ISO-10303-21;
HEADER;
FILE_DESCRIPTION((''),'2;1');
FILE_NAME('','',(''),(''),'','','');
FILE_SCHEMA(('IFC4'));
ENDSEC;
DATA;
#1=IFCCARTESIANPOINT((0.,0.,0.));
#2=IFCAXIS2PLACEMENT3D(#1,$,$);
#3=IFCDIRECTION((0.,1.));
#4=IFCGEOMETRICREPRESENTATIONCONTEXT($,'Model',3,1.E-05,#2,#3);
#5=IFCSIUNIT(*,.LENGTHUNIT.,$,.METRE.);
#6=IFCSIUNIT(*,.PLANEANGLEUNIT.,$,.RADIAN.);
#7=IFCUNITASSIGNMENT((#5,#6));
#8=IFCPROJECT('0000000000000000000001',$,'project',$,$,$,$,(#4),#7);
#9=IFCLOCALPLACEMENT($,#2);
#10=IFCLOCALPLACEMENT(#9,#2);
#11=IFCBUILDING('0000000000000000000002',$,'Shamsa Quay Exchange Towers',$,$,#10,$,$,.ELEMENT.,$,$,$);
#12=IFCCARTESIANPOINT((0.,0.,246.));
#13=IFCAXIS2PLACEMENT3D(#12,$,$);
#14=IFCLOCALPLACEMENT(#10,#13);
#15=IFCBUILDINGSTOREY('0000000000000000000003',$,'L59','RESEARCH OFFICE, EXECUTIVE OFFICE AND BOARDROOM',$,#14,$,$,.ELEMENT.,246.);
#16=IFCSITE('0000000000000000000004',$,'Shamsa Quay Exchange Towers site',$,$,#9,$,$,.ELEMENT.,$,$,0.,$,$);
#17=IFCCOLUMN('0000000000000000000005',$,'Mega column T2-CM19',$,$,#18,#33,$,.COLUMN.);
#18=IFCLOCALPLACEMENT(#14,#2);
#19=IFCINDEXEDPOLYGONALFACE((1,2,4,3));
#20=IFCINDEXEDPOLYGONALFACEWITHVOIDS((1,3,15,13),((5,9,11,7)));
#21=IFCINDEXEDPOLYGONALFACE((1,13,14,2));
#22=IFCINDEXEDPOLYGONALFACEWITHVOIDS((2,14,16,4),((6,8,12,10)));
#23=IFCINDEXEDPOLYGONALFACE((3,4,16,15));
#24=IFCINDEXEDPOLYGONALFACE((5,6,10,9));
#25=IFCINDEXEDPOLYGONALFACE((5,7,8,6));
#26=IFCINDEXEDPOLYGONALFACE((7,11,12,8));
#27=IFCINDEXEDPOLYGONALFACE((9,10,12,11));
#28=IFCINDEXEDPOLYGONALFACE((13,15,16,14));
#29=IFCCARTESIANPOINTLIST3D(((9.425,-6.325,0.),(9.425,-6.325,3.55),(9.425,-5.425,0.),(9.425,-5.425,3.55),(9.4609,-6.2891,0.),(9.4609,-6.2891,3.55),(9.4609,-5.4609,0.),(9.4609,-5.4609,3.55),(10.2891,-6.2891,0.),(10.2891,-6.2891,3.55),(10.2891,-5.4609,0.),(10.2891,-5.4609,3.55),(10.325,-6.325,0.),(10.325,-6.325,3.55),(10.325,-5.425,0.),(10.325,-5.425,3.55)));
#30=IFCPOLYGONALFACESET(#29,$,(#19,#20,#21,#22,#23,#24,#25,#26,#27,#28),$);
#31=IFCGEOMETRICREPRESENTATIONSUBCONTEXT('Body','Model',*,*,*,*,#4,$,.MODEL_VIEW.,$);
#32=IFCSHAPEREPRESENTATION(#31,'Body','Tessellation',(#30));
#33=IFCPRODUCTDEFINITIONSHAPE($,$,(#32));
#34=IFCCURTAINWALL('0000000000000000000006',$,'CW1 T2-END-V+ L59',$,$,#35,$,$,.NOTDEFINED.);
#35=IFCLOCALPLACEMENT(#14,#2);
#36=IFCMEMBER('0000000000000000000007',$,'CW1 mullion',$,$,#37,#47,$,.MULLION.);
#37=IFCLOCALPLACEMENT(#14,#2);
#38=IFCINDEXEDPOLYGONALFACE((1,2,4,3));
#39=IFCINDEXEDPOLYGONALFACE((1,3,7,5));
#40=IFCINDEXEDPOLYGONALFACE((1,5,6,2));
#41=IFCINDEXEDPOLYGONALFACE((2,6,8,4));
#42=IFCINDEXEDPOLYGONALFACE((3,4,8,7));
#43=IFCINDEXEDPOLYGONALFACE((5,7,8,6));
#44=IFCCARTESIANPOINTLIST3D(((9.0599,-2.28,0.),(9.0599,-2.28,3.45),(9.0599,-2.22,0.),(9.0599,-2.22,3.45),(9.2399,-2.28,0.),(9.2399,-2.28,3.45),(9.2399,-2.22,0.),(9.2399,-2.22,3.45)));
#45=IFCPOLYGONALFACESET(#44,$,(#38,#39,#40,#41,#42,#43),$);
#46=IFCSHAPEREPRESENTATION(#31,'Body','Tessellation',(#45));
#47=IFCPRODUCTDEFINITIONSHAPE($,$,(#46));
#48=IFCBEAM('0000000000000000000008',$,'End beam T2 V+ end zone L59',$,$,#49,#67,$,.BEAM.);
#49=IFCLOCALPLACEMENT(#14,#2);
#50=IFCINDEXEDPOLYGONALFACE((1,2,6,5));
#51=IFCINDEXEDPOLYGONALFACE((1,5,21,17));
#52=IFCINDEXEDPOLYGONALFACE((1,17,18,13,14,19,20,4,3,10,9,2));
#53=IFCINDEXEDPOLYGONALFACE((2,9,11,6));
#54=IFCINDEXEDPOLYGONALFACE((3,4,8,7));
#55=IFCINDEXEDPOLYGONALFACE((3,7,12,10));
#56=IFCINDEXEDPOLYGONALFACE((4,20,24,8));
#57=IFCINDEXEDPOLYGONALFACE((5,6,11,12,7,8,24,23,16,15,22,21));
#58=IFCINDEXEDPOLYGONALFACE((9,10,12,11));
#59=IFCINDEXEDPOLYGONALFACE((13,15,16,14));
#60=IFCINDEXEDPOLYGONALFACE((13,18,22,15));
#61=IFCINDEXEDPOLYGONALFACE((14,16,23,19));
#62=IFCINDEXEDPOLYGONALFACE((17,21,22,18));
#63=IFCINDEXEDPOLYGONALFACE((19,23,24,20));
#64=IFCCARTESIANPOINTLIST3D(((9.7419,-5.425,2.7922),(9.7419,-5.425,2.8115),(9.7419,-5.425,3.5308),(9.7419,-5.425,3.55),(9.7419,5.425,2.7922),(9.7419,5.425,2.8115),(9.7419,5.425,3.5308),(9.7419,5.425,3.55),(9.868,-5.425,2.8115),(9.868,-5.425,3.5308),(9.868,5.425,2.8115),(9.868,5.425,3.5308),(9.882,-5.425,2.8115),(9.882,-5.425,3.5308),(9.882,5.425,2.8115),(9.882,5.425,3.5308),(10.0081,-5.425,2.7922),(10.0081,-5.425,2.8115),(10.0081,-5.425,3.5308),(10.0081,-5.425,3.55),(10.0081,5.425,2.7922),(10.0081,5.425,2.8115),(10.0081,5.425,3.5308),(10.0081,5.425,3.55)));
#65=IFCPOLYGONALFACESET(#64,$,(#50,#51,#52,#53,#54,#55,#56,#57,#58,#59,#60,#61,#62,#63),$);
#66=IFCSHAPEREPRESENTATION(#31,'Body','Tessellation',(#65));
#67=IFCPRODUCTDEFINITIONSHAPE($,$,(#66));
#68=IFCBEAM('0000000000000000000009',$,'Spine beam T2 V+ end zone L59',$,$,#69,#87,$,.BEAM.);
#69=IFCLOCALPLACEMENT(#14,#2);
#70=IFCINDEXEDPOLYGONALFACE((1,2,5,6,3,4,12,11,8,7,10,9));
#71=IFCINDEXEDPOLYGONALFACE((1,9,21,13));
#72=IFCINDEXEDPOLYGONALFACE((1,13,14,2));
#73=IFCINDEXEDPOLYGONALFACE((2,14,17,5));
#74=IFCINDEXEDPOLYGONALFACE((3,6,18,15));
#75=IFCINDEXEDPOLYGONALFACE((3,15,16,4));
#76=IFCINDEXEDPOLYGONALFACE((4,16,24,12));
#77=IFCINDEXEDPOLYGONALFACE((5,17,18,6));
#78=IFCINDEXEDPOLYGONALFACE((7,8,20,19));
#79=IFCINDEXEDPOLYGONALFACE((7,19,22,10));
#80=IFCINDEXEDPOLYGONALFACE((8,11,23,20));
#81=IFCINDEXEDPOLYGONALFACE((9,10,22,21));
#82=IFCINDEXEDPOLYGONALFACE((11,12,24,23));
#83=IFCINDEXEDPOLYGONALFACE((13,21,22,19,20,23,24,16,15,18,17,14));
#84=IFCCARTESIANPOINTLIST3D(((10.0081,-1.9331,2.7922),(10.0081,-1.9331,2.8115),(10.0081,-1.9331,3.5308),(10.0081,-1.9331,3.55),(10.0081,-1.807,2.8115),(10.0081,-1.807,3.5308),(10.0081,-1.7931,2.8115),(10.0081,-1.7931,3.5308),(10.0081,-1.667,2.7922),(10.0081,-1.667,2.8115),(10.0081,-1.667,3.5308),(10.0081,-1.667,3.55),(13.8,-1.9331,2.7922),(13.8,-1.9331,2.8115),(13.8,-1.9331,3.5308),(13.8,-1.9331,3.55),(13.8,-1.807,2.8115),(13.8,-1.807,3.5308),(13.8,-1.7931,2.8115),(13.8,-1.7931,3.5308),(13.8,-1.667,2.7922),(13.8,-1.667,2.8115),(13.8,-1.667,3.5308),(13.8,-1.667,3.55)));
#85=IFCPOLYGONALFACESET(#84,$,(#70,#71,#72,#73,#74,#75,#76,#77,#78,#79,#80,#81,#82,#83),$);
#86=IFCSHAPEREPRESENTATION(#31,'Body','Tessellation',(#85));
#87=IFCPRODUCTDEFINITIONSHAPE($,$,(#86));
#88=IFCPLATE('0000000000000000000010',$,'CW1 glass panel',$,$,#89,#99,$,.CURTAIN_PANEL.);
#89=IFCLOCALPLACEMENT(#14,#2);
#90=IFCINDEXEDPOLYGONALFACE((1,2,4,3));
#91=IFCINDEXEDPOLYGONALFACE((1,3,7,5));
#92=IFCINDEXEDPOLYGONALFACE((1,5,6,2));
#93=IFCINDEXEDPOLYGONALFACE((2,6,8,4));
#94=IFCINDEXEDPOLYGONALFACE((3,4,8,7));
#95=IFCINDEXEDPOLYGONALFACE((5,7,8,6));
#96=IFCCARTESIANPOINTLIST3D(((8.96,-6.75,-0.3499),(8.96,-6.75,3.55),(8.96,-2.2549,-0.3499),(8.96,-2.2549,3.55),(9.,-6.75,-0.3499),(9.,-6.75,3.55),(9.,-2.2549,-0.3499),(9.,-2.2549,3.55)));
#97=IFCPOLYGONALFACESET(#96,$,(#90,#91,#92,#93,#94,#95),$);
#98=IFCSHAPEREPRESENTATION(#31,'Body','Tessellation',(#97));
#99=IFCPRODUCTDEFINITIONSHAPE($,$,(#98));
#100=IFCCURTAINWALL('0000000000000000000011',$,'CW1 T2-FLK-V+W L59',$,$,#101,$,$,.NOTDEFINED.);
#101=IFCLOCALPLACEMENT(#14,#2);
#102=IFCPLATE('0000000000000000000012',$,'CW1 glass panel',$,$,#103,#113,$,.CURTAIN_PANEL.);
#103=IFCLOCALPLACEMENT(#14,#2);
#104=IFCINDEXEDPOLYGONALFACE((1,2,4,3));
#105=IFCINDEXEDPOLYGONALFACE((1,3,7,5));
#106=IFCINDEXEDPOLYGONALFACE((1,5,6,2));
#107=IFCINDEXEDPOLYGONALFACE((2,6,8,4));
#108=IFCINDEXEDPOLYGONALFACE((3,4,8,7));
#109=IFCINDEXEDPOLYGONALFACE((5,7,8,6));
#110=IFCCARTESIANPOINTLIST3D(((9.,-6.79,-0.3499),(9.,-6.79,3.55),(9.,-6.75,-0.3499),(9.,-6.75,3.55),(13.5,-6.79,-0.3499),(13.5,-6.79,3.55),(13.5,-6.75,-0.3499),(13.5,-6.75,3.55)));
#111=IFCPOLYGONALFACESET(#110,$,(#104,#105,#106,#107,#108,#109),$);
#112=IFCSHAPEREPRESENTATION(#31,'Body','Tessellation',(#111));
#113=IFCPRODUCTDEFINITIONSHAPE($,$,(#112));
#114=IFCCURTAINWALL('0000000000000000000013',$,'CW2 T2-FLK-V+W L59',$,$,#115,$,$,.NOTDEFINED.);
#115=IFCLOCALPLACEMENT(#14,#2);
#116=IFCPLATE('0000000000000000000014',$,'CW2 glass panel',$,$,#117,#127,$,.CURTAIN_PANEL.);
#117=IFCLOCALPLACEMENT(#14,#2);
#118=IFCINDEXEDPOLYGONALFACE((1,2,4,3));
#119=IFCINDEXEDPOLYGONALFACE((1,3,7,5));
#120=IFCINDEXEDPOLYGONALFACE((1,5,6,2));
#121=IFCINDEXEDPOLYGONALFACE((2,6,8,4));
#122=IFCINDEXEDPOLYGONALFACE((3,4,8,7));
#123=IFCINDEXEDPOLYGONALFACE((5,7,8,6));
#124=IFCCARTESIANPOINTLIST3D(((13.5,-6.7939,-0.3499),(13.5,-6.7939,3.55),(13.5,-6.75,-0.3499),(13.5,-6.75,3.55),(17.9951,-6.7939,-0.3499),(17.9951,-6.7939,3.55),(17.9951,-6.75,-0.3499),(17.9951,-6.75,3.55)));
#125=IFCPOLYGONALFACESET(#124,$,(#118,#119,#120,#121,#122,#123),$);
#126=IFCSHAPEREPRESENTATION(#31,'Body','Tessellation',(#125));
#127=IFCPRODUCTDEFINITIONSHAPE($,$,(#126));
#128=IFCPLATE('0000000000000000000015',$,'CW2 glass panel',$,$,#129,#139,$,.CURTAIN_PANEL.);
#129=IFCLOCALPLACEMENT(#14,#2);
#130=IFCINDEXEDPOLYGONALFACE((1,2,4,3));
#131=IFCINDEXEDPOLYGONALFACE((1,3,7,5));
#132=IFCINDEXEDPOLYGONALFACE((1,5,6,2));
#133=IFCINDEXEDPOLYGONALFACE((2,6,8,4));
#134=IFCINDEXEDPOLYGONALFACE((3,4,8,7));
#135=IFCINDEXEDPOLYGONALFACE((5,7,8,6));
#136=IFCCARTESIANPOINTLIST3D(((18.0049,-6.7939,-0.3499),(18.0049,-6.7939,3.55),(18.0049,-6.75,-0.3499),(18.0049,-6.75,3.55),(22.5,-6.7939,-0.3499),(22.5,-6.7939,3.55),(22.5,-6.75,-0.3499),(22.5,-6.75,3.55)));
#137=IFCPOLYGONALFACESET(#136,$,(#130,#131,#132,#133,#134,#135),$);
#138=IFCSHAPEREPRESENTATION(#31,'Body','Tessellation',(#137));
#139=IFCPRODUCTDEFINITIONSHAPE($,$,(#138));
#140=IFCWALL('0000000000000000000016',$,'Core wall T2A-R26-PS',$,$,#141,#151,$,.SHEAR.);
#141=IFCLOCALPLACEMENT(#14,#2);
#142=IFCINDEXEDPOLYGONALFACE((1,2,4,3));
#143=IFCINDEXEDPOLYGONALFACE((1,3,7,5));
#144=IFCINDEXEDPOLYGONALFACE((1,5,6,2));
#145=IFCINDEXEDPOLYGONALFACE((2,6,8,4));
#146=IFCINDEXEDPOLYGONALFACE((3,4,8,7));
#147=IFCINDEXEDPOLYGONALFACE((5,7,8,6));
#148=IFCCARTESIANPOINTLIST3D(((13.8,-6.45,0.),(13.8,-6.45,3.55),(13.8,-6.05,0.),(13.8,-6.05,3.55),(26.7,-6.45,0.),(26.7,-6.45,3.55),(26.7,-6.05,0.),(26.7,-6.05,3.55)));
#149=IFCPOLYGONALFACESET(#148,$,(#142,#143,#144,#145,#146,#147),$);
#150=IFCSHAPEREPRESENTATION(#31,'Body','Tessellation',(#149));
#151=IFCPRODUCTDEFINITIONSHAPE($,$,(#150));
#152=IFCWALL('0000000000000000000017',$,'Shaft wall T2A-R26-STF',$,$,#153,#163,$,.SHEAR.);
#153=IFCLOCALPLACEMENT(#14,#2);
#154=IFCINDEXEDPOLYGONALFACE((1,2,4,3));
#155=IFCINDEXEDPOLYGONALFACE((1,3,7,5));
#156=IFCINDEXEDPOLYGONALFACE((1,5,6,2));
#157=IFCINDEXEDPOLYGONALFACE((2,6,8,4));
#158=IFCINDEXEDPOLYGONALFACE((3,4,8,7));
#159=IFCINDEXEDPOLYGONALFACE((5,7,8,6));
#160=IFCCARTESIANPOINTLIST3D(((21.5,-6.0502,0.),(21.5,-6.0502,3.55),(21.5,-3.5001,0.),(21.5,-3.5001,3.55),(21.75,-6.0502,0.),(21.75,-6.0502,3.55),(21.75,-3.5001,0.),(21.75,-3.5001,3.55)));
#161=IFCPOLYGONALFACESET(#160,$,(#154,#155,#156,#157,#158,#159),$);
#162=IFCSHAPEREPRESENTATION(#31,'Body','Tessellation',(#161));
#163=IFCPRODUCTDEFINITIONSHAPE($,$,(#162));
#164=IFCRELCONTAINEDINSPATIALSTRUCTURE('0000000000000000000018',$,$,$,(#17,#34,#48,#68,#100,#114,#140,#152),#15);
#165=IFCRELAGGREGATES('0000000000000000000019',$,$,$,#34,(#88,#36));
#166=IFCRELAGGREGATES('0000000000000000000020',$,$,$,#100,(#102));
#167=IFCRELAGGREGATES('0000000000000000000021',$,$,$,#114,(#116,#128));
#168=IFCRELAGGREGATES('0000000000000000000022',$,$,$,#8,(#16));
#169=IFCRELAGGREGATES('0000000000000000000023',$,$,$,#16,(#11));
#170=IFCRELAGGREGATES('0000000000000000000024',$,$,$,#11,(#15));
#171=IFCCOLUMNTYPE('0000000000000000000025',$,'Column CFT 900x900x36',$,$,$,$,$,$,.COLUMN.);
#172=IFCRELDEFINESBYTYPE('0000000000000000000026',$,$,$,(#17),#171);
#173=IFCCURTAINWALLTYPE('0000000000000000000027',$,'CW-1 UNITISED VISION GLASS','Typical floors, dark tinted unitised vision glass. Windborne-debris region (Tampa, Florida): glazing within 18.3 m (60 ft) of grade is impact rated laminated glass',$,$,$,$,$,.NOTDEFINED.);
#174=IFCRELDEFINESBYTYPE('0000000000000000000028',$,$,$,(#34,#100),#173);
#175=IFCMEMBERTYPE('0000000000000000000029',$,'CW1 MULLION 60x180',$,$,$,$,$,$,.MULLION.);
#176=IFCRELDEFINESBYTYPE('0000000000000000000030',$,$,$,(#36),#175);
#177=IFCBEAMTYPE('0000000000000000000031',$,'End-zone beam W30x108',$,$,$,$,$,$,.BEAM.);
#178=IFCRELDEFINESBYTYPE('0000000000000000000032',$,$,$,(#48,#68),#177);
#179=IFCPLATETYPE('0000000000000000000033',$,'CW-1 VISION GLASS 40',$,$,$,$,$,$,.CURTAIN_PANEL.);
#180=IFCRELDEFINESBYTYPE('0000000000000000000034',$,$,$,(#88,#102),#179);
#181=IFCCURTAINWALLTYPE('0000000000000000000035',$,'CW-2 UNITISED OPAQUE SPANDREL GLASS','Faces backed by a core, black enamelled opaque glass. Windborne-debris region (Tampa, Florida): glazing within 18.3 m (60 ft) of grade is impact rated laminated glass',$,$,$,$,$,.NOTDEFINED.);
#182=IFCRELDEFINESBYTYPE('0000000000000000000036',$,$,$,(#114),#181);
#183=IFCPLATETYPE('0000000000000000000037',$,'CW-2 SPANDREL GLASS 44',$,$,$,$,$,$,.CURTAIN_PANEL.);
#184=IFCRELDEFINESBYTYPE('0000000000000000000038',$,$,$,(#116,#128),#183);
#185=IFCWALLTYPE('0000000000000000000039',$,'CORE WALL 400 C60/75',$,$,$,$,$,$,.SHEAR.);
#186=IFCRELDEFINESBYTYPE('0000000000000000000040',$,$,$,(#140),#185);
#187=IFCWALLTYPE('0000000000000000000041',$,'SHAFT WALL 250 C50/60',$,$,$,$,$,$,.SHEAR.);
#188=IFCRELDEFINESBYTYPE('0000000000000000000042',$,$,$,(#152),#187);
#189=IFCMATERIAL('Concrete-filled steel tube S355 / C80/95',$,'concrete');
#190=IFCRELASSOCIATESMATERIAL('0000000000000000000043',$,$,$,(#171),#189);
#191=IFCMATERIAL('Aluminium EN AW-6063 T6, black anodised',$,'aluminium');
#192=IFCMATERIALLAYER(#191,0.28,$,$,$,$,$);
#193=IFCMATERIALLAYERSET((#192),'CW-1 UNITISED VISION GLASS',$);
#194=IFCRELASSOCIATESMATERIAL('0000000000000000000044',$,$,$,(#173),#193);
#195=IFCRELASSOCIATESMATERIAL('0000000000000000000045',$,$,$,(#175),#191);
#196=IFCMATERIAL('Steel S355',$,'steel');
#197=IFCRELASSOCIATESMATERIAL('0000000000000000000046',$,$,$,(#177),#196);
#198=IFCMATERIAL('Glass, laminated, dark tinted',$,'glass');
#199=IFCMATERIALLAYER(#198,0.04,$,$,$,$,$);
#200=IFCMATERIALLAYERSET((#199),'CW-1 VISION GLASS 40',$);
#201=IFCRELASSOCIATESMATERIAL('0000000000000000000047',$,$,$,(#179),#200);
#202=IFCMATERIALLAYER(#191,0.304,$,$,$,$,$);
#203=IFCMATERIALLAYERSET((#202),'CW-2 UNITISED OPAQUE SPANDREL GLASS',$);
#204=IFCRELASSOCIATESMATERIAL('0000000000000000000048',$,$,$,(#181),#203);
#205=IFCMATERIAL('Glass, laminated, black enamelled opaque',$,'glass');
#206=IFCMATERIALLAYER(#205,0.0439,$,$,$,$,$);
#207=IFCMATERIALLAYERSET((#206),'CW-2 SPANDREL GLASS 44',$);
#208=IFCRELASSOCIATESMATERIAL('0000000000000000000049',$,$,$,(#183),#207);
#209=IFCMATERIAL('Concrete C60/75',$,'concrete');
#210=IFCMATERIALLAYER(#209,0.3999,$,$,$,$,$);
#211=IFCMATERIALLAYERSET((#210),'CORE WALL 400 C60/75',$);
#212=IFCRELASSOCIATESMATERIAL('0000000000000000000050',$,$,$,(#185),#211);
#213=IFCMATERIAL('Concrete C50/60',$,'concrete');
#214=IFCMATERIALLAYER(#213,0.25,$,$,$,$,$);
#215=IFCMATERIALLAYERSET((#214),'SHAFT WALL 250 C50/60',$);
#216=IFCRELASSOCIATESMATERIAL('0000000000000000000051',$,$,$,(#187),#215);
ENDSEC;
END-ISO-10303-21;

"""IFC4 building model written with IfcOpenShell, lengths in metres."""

from ifc_helpers import new_model, si_unit, direction, frame, frame_2d, origin, origin_2d, place, context, subcontext, project, spatial, rectangle, hollow_rectangle, i_section, extrude, material, layer, layer_set, material_profile, profile_set, type_object, element, aggregate, save


model = new_model("IFC4")

# Units and contexts
model_context = context("Model", 3, precision=1e-05, world=origin(), true_north=direction((0.0, 1.0)))
body_context = subcontext(model_context, "Body", "Model", "MODEL_VIEW")
ifc_project = project(units=[si_unit("LENGTHUNIT", "METRE"), si_unit("PLANEANGLEUNIT", "RADIAN")], contexts=[model_context])

# Site, building, storey
site_placement = place(None, origin())
site = spatial("IfcSite", under=ifc_project, at=site_placement, Name="Shamsa Quay Exchange Towers site", CompositionType="ELEMENT", RefElevation=0.0)
building_placement = place(site_placement, origin())
building = spatial("IfcBuilding", under=site, at=building_placement, Name="Shamsa Quay Exchange Towers", CompositionType="ELEMENT")
storey_placement = place(building_placement, frame((0.0, 0.0, 246.0)))
storey = spatial("IfcBuildingStorey", under=building, at=storey_placement, Name="L59", Description="RESEARCH OFFICE, EXECUTIVE OFFICE AND BOARDROOM", CompositionType="ELEMENT", Elevation=246.0)

# Column
ifc_material_1 = material(Name="Concrete-filled steel tube S355 / C80/95", Category="concrete")
ifc_material_profile_1 = material_profile(ifc_material_1, hollow_rectangle(XDim=0.8999, YDim=0.8999, WallThickness=0.0359, at=origin_2d()), Name="CFT 900x900x36")
ifc_profile_set_1 = profile_set([ifc_material_profile_1], Name="Concrete-filled steel tube S355 / C80/95")
column_type = type_object("IfcColumnType", Name="Column CFT 900x900x36", PredefinedType="COLUMN", material=ifc_profile_set_1)
column_placement = place(storey_placement, frame((9.875, -5.875, 0.0)))
element("IfcColumn", 1, at=column_placement, inside=storey, type_object=column_type, Name="Mega column T2-CM19", PredefinedType="COLUMN", context=body_context, shape_type="SweptSolid", body=[
    extrude(hollow_rectangle(XDim=0.8999, YDim=0.8999, WallThickness=0.0359, at=origin_2d()), origin(), (0.0, 0.0, 1.0), 3.55),
])

# Curtain wall, member
ifc_material_2 = material(Name="Aluminium EN AW-6063 T6, black anodised", Category="aluminium")
ifc_layer_1 = layer(ifc_material_2, 0.28)
ifc_layer_set_1 = layer_set([ifc_layer_1], Name="CW-1 UNITISED VISION GLASS")
curtain_wall_type_1 = type_object("IfcCurtainWallType", Name="CW-1 UNITISED VISION GLASS", Description="Typical floors, dark tinted unitised vision glass. Windborne-debris region (Tampa, Florida): glazing within 18.3 m (60 ft) of grade is impact rated laminated glass", PredefinedType="NOTDEFINED", material=ifc_layer_set_1)
curtain_wall_1_placement = place(storey_placement, origin())
curtain_wall_1 = element("IfcCurtainWall", 2, at=curtain_wall_1_placement, inside=storey, type_object=curtain_wall_type_1, Name="CW1 T2-END-V+ L59", PredefinedType="NOTDEFINED")
ifc_material_profile_2 = material_profile(ifc_material_2, rectangle(XDim=0.1799, YDim=0.0601, at=origin_2d()), Name="MU60x180")
ifc_profile_set_2 = profile_set([ifc_material_profile_2], Name="Aluminium EN AW-6063 T6, black anodised")
member_type = type_object("IfcMemberType", Name="CW1 MULLION 60x180", PredefinedType="MULLION", material=ifc_profile_set_2)
member_placement = place(storey_placement, frame((9.1499, -2.25, 0.0)))
member = element("IfcMember", 3, at=member_placement, type_object=member_type, Name="CW1 mullion", PredefinedType="MULLION", context=body_context, shape_type="SweptSolid", body=[
    extrude(rectangle(XDim=0.1799, YDim=0.0601, at=origin_2d()), origin(), (0.0, 0.0, 1.0), 3.45),
])

# Beams
ifc_material_3 = material(Name="Steel S355", Category="steel")
ifc_material_profile_3 = material_profile(ifc_material_3, i_section(OverallWidth=0.2661, OverallDepth=0.7578, WebThickness=0.0139, FlangeThickness=0.0193, at=origin_2d()), Name="W30x108")
ifc_profile_set_3 = profile_set([ifc_material_profile_3], Name="Steel S355")
beam_type = type_object("IfcBeamType", Name="End-zone beam W30x108", PredefinedType="BEAM", material=ifc_profile_set_3)
beam_1_placement = place(storey_placement, frame((9.875, -5.425, 3.1711), z_axis=(0.0, 1.0, 0.0), x_axis=(-1.0, 0.0, 0.0)))
element("IfcBeam", 4, at=beam_1_placement, inside=storey, type_object=beam_type, Name="End beam T2 V+ end zone L59", PredefinedType="BEAM", context=body_context, shape_type="SweptSolid", body=[
    extrude(i_section(OverallWidth=0.2661, OverallDepth=0.7578, WebThickness=0.0139, FlangeThickness=0.0193, at=origin_2d()), origin(), (0.0, 0.0, 1.0), 10.8501),
])
beam_2_placement = place(storey_placement, frame((13.8, -1.8, 3.1711), z_axis=(-1.0, 0.0, 0.0), x_axis=(0.0, -1.0, 0.0)))
element("IfcBeam", 5, at=beam_2_placement, inside=storey, type_object=beam_type, Name="Spine beam T2 V+ end zone L59", PredefinedType="BEAM", context=body_context, shape_type="SweptSolid", body=[
    extrude(i_section(OverallWidth=0.2661, OverallDepth=0.7578, WebThickness=0.0139, FlangeThickness=0.0193, at=origin_2d()), origin(), (0.0, 0.0, 1.0), 3.792),
])

# Plate
ifc_material_4 = material(Name="Glass, laminated, dark tinted", Category="glass")
ifc_layer_2 = layer(ifc_material_4, 0.04)
ifc_layer_set_2 = layer_set([ifc_layer_2], Name="CW-1 VISION GLASS 40")
plate_type_1 = type_object("IfcPlateType", Name="CW-1 VISION GLASS 40", PredefinedType="CURTAIN_PANEL", material=ifc_layer_set_2)
plate_1_placement = place(storey_placement, frame((8.98, -4.5024, -0.3499), z_axis=(0.0, 0.0, 1.0), x_axis=(0.0, -1.0, 0.0)))
plate_1 = element("IfcPlate", 6, at=plate_1_placement, type_object=plate_type_1, Name="CW1 glass panel", PredefinedType="CURTAIN_PANEL", context=body_context, shape_type="SweptSolid", body=[
    extrude(rectangle(XDim=4.4951, YDim=0.04, at=origin_2d()), origin(), (0.0, 0.0, 1.0), 3.8999),
])
aggregate(curtain_wall_1, [plate_1, member])

# Curtain wall, plate
curtain_wall_2_placement = place(storey_placement, origin())
curtain_wall_2 = element("IfcCurtainWall", 7, at=curtain_wall_2_placement, inside=storey, type_object=curtain_wall_type_1, Name="CW1 T2-FLK-V+W L59", PredefinedType="NOTDEFINED")
plate_2_placement = place(storey_placement, frame((11.25, -6.77, -0.3499)))
plate_2 = element("IfcPlate", 8, at=plate_2_placement, type_object=plate_type_1, Name="CW1 glass panel", PredefinedType="CURTAIN_PANEL", context=body_context, shape_type="SweptSolid", body=[
    extrude(rectangle(XDim=4.5, YDim=0.04, at=origin_2d()), origin(), (0.0, 0.0, 1.0), 3.8999),
])
aggregate(curtain_wall_2, [plate_2])

# Curtain wall, plates
ifc_layer_3 = layer(ifc_material_2, 0.304)
ifc_layer_set_3 = layer_set([ifc_layer_3], Name="CW-2 UNITISED OPAQUE SPANDREL GLASS")
curtain_wall_type_2 = type_object("IfcCurtainWallType", Name="CW-2 UNITISED OPAQUE SPANDREL GLASS", Description="Faces backed by a core, black enamelled opaque glass. Windborne-debris region (Tampa, Florida): glazing within 18.3 m (60 ft) of grade is impact rated laminated glass", PredefinedType="NOTDEFINED", material=ifc_layer_set_3)
curtain_wall_3_placement = place(storey_placement, origin())
curtain_wall_3 = element("IfcCurtainWall", 9, at=curtain_wall_3_placement, inside=storey, type_object=curtain_wall_type_2, Name="CW2 T2-FLK-V+W L59", PredefinedType="NOTDEFINED")
ifc_material_5 = material(Name="Glass, laminated, black enamelled opaque", Category="glass")
ifc_layer_4 = layer(ifc_material_5, 0.0439)
ifc_layer_set_4 = layer_set([ifc_layer_4], Name="CW-2 SPANDREL GLASS 44")
plate_type_2 = type_object("IfcPlateType", Name="CW-2 SPANDREL GLASS 44", PredefinedType="CURTAIN_PANEL", material=ifc_layer_set_4)
plate_3_placement = place(storey_placement, frame((15.7476, -6.772, -0.3499)))
plate_3 = element("IfcPlate", 10, at=plate_3_placement, type_object=plate_type_2, Name="CW2 glass panel", PredefinedType="CURTAIN_PANEL", context=body_context, shape_type="SweptSolid", body=[
    extrude(rectangle(XDim=4.4951, YDim=0.0439, at=origin_2d()), origin(), (0.0, 0.0, 1.0), 3.8999),
])
plate_4_placement = place(storey_placement, frame((20.2524, -6.772, -0.3499)))
plate_4 = element("IfcPlate", 11, at=plate_4_placement, type_object=plate_type_2, Name="CW2 glass panel", PredefinedType="CURTAIN_PANEL", context=body_context, shape_type="SweptSolid", body=[
    extrude(rectangle(XDim=4.4951, YDim=0.0439, at=origin_2d()), origin(), (0.0, 0.0, 1.0), 3.8999),
])
aggregate(curtain_wall_3, [plate_3, plate_4])

# Walls
ifc_material_6 = material(Name="Concrete C60/75", Category="concrete")
ifc_layer_5 = layer(ifc_material_6, 0.3999)
ifc_layer_set_5 = layer_set([ifc_layer_5], Name="CORE WALL 400 C60/75")
wall_type_1 = type_object("IfcWallType", Name="CORE WALL 400 C60/75", PredefinedType="SHEAR", material=ifc_layer_set_5)
wall_1_placement = place(storey_placement, frame((13.8, -6.25, 0.0)))
element("IfcWall", 12, at=wall_1_placement, inside=storey, type_object=wall_type_1, Name="Core wall T2A-R26-PS", PredefinedType="SHEAR", context=body_context, shape_type="SweptSolid", body=[
    extrude(rectangle(XDim=12.8999, YDim=0.3999, at=frame_2d((6.45, 0.0))), origin(), (0.0, 0.0, 1.0), 3.55),
])
ifc_material_7 = material(Name="Concrete C50/60", Category="concrete")
ifc_layer_6 = layer(ifc_material_7, 0.25)
ifc_layer_set_6 = layer_set([ifc_layer_6], Name="SHAFT WALL 250 C50/60")
wall_type_2 = type_object("IfcWallType", Name="SHAFT WALL 250 C50/60", PredefinedType="SHEAR", material=ifc_layer_set_6)
wall_2_placement = place(storey_placement, frame((21.625, -6.05, 0.0), z_axis=(0.0, 0.0, 1.0), x_axis=(0.0, 1.0, 0.0)))
element("IfcWall", 13, at=wall_2_placement, inside=storey, type_object=wall_type_2, Name="Shaft wall T2A-R26-STF", PredefinedType="SHEAR", context=body_context, shape_type="SweptSolid", body=[
    extrude(rectangle(XDim=2.55, YDim=0.25, at=frame_2d((1.2749, 0.0))), origin(), (0.0, 0.0, 1.0), 3.55),
])

save(model, "model.ifc")
